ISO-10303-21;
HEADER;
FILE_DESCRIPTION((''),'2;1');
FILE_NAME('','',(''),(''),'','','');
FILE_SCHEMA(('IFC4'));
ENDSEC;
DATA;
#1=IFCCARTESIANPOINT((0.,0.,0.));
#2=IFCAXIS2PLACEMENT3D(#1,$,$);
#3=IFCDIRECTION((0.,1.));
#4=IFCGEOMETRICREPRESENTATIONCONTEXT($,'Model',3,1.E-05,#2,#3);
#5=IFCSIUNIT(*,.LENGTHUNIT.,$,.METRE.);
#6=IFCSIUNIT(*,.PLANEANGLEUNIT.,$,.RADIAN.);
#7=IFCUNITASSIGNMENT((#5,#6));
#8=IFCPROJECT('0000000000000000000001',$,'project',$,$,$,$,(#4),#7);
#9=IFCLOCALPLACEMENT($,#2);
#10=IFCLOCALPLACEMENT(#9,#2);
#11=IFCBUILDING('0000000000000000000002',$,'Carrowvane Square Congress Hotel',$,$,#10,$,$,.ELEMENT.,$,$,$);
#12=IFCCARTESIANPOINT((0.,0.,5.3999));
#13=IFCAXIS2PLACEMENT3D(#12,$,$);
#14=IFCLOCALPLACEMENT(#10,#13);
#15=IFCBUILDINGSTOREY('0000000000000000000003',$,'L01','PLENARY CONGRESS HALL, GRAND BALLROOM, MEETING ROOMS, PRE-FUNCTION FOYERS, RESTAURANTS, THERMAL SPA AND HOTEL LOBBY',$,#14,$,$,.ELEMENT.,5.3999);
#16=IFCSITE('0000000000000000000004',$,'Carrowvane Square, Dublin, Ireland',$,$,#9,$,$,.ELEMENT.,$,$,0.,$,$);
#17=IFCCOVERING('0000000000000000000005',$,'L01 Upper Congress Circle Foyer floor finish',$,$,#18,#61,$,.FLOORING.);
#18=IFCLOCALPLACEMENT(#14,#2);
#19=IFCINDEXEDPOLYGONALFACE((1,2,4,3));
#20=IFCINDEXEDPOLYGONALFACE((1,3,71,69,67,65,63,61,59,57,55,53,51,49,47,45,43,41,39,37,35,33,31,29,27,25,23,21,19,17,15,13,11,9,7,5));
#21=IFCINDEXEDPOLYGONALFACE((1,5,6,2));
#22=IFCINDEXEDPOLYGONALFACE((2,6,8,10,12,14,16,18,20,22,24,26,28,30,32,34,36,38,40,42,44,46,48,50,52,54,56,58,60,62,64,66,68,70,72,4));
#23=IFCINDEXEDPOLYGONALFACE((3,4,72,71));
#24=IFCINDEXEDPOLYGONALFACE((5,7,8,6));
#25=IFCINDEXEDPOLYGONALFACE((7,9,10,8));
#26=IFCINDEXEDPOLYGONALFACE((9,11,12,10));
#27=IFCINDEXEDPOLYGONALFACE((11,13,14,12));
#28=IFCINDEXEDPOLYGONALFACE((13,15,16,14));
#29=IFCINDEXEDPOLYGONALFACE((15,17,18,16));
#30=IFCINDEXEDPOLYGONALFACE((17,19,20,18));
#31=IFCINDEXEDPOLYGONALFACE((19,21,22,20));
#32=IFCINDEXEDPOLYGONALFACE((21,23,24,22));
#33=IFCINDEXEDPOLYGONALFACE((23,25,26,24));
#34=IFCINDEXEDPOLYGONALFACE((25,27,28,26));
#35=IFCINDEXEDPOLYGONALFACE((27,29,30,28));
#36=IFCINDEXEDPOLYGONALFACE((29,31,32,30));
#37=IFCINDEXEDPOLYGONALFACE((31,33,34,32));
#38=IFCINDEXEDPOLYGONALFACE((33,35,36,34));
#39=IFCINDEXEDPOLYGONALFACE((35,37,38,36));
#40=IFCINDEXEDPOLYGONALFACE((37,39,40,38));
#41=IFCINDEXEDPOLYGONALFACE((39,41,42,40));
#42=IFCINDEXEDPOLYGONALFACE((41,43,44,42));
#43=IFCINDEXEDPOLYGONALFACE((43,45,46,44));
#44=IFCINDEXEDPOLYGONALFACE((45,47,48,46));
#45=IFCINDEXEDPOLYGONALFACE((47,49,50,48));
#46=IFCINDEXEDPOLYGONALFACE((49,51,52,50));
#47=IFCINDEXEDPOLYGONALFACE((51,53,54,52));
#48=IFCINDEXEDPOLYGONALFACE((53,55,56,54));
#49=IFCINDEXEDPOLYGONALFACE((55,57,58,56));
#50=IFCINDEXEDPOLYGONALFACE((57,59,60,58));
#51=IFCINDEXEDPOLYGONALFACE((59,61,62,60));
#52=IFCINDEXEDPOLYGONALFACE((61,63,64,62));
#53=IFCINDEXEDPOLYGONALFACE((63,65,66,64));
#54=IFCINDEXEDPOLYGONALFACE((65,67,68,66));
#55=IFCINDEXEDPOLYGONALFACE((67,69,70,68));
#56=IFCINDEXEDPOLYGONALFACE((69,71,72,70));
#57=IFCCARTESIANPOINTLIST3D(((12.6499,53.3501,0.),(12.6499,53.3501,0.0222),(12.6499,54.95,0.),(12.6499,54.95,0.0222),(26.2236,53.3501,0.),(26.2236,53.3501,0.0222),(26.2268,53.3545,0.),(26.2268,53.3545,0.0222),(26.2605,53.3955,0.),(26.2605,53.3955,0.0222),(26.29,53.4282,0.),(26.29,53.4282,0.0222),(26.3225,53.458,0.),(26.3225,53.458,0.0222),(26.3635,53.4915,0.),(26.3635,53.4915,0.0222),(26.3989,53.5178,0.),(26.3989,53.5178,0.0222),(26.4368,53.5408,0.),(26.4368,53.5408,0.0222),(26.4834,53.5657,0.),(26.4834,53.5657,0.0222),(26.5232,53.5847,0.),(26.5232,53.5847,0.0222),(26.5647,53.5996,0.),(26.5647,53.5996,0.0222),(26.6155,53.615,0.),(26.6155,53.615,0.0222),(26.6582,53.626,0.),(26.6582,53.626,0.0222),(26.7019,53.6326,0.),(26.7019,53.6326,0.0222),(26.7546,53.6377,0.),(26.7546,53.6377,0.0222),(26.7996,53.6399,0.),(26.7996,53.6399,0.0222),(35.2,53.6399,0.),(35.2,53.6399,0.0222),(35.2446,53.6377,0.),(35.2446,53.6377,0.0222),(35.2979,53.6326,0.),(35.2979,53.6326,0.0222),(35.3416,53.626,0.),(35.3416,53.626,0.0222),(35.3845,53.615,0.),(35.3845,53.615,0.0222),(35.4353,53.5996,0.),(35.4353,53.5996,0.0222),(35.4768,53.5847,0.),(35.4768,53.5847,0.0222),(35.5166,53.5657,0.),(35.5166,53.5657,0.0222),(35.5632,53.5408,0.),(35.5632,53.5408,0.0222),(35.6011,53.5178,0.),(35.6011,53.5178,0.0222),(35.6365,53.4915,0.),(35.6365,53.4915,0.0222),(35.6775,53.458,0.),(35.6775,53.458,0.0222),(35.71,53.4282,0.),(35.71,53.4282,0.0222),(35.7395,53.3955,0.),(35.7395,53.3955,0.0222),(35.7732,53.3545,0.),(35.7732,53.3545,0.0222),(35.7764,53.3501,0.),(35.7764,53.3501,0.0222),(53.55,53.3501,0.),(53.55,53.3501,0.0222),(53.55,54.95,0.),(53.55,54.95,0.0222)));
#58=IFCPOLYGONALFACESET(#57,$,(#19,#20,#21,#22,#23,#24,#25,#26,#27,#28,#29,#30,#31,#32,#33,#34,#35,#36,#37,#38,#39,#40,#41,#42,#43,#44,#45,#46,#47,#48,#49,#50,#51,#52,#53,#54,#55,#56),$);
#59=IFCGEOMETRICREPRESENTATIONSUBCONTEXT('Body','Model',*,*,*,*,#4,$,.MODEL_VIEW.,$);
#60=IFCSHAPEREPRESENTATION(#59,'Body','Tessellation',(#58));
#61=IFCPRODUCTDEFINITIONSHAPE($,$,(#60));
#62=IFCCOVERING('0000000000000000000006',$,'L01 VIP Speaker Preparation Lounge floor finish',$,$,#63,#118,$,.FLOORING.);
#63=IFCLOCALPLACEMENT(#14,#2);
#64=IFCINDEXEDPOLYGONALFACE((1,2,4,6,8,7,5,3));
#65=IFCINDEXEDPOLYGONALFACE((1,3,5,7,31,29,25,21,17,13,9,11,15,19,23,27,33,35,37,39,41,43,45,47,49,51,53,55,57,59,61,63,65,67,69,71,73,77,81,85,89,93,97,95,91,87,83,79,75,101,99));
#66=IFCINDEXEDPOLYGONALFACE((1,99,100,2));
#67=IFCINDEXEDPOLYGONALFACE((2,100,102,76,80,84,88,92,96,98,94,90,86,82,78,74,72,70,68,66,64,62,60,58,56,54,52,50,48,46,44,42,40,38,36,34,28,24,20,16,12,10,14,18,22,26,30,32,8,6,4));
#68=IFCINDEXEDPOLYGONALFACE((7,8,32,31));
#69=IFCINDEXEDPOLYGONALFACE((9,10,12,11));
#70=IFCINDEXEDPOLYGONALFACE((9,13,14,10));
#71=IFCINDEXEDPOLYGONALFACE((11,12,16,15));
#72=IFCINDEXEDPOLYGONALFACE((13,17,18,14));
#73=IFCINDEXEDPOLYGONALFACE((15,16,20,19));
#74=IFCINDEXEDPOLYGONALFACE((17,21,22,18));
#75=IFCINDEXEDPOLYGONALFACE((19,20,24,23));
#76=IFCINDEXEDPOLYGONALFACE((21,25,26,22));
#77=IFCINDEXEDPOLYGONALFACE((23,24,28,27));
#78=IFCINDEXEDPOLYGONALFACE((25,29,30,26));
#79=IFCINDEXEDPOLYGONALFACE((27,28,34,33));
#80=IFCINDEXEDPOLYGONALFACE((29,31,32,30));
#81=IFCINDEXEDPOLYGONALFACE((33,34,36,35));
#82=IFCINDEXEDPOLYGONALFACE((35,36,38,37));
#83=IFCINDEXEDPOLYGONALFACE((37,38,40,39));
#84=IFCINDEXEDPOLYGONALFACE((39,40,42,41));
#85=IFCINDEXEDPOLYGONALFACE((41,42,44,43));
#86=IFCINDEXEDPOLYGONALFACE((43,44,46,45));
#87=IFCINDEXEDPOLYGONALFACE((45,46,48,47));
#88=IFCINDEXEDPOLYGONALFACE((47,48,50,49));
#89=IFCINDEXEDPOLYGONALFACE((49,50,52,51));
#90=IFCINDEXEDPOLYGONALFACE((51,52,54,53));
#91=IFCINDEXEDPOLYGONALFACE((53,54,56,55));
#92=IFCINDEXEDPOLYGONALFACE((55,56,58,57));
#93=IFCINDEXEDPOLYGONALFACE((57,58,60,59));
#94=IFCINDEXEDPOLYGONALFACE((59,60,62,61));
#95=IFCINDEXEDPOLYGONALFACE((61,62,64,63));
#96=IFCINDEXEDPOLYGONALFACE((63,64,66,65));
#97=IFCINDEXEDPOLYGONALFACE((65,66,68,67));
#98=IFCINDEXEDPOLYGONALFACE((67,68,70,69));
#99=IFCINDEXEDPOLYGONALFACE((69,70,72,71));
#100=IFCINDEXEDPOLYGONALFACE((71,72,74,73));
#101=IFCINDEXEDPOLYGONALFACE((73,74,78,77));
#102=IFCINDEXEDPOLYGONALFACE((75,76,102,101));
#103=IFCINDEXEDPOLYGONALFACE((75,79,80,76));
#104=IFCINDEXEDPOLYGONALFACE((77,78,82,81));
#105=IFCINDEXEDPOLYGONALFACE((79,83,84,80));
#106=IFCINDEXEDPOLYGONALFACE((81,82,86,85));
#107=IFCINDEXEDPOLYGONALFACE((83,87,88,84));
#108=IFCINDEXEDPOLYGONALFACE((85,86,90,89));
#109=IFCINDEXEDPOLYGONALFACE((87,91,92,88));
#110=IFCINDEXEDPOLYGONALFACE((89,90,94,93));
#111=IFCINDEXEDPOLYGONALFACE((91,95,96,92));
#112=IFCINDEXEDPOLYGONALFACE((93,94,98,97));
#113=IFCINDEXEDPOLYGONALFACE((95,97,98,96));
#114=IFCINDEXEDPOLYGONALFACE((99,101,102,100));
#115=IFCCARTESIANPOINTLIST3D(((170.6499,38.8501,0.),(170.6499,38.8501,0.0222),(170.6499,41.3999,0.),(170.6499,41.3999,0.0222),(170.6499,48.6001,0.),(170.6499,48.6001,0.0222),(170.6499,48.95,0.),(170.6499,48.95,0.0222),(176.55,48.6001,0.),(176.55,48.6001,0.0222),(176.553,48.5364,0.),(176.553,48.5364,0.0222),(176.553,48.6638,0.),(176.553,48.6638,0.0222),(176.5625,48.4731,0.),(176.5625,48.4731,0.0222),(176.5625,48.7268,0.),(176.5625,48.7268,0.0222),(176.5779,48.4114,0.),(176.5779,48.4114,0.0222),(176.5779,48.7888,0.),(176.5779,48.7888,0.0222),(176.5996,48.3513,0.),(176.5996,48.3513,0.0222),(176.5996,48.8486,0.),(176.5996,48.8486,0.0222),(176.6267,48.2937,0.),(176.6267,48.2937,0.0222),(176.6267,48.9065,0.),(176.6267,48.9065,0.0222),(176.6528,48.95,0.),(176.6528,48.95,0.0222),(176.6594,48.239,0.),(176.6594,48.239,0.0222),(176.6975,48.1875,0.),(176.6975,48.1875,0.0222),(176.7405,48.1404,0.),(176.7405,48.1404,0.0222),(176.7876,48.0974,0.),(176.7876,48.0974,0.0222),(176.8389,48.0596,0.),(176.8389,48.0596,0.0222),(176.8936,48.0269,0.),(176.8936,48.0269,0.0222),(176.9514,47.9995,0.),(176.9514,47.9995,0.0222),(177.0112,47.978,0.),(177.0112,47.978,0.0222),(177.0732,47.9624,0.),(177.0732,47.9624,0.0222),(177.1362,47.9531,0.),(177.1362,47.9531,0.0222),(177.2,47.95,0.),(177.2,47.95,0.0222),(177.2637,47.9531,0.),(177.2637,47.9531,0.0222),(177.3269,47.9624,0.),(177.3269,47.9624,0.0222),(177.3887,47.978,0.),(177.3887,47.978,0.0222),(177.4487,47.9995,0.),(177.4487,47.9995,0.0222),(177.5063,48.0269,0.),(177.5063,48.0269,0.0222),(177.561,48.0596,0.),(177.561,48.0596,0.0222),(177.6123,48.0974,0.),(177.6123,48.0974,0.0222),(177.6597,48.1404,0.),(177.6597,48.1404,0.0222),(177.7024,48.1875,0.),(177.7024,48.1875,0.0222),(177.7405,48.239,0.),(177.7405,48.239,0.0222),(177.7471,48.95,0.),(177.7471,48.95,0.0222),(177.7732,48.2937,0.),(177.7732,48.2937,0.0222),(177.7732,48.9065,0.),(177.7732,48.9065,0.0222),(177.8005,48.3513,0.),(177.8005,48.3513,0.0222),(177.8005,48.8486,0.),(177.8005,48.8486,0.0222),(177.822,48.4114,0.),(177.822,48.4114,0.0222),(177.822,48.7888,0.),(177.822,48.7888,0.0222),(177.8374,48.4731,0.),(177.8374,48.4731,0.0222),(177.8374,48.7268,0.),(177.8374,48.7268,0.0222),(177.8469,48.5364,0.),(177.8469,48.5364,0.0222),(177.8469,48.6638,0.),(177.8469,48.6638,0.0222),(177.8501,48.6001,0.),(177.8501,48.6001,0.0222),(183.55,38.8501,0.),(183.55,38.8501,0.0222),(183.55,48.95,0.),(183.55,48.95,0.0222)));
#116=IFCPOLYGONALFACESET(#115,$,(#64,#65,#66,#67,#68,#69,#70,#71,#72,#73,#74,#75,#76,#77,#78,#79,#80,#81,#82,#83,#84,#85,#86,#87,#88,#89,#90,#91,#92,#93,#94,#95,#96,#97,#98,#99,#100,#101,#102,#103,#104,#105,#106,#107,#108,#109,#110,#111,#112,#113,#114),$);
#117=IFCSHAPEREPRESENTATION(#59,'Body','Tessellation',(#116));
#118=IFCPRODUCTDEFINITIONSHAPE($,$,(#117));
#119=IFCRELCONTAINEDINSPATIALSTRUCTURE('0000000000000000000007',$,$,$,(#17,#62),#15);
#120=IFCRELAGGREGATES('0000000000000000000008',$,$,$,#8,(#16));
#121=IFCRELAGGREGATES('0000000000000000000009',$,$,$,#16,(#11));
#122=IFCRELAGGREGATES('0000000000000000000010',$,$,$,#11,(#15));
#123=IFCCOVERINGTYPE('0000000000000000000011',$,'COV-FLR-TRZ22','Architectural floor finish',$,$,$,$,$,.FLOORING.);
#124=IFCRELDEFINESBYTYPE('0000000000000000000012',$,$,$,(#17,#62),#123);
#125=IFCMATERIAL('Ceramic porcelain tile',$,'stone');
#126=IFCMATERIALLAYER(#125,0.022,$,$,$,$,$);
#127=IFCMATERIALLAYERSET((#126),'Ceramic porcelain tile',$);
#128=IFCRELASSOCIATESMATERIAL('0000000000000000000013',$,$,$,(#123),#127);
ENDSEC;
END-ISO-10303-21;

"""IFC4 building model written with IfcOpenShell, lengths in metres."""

from ifc_helpers import new_model, si_unit, direction, frame, origin, place, context, subcontext, project, spatial, polyline, outline, extrude, material, layer, layer_set, type_object, element, save


model = new_model("IFC4")

# Units and contexts
model_context = context("Model", 3, precision=1e-05, world=origin(), true_north=direction((0.0, 1.0)))
body_context = subcontext(model_context, "Body", "Model", "MODEL_VIEW")
ifc_project = project(units=[si_unit("LENGTHUNIT", "METRE"), si_unit("PLANEANGLEUNIT", "RADIAN")], contexts=[model_context])

# Site, building, storey
site_placement = place(None, origin())
site = spatial("IfcSite", under=ifc_project, at=site_placement, Name="Carrowvane Square, Dublin, Ireland", CompositionType="ELEMENT", RefElevation=0.0)
building_placement = place(site_placement, origin())
building = spatial("IfcBuilding", under=site, at=building_placement, Name="Carrowvane Square Congress Hotel", CompositionType="ELEMENT")
storey_placement = place(building_placement, frame((0.0, 0.0, 5.3999)))
storey = spatial("IfcBuildingStorey", under=building, at=storey_placement, Name="L01", Description="PLENARY CONGRESS HALL, GRAND BALLROOM, MEETING ROOMS, PRE-FUNCTION FOYERS, RESTAURANTS, THERMAL SPA AND HOTEL LOBBY", CompositionType="ELEMENT", Elevation=5.3999)

# Coverings
ifc_material_1 = material(Name="Ceramic porcelain tile", Category="stone")
ifc_layer_1 = layer(ifc_material_1, 0.022)
ifc_layer_set_1 = layer_set([ifc_layer_1], Name="Ceramic porcelain tile")
covering_type_1 = type_object("IfcCoveringType", Name="COV-FLR-TRZ22", Description="Architectural floor finish", PredefinedType="FLOORING", material=ifc_layer_set_1)
covering_1_placement = place(storey_placement, origin())
element("IfcCovering", 1, at=covering_1_placement, inside=storey, type_object=covering_type_1, Name="L01 Upper Congress Circle Foyer floor finish", PredefinedType="FLOORING", context=body_context, shape_type="SweptSolid", body=[
    extrude(outline(polyline([(53.55, 54.95), (53.55, 53.3501), (35.7764, 53.3501), (35.7732, 53.3545), (35.7395, 53.3955), (35.71, 53.4282), (35.6775, 53.458), (35.6365, 53.4915), (35.6011, 53.5178), (35.5632, 53.5408), (35.5166, 53.5657), (35.4768, 53.5847), (35.4353, 53.5996), (35.3845, 53.615), (35.3416, 53.626), (35.2979, 53.6326), (35.2446, 53.6377), (35.2, 53.6399), (26.7996, 53.6399), (26.7546, 53.6377), (26.7019, 53.6326), (26.6582, 53.626), (26.6155, 53.615), (26.5647, 53.5996), (26.5232, 53.5847), (26.4834, 53.5657), (26.4368, 53.5408), (26.3989, 53.5178), (26.3635, 53.4915), (26.3225, 53.458), (26.29, 53.4282), (26.2605, 53.3955), (26.2268, 53.3545), (26.2236, 53.3501), (12.6499, 53.3501), (12.6499, 54.95), (53.55, 54.95)])), origin(), (0.0, 0.0, 1.0), 0.0222),
])
covering_2_placement = place(storey_placement, origin())
element("IfcCovering", 2, at=covering_2_placement, inside=storey, type_object=covering_type_1, Name="L01 VIP Speaker Preparation Lounge floor finish", PredefinedType="FLOORING", context=body_context, shape_type="SweptSolid", body=[
    extrude(outline(polyline([(177.3269, 47.9624), (177.3887, 47.978), (177.4487, 47.9995), (177.5063, 48.0269), (177.561, 48.0596), (177.6123, 48.0974), (177.6597, 48.1404), (177.7024, 48.1875), (177.7405, 48.239), (177.7732, 48.2937), (177.8005, 48.3513), (177.822, 48.4114), (177.8374, 48.4731), (177.8469, 48.5364), (177.8501, 48.6001), (177.8469, 48.6638), (177.8374, 48.7268), (177.822, 48.7888), (177.8005, 48.8486), (177.7732, 48.9065), (177.7471, 48.95), (183.55, 48.95), (183.55, 38.8501), (170.6499, 38.8501), (170.6499, 41.3999), (170.6499, 41.3999), (170.6499, 41.3999), (170.6499, 48.6001), (170.6499, 48.6001), (170.6499, 48.6001), (170.6499, 48.95), (176.6528, 48.95), (176.6267, 48.9065), (176.5996, 48.8486), (176.5779, 48.7888), (176.5625, 48.7268), (176.553, 48.6638), (176.55, 48.6001), (176.553, 48.5364), (176.5625, 48.4731), (176.5779, 48.4114), (176.5996, 48.3513), (176.6267, 48.2937), (176.6594, 48.239), (176.6975, 48.1875), (176.7405, 48.1404), (176.7876, 48.0974), (176.8389, 48.0596), (176.8936, 48.0269), (176.9514, 47.9995), (177.0112, 47.978), (177.0732, 47.9624), (177.1362, 47.9531), (177.2, 47.95), (177.2637, 47.9531), (177.3269, 47.9624)])), origin(), (0.0, 0.0, 1.0), 0.0222),
])

save(model, "model.ifc")
